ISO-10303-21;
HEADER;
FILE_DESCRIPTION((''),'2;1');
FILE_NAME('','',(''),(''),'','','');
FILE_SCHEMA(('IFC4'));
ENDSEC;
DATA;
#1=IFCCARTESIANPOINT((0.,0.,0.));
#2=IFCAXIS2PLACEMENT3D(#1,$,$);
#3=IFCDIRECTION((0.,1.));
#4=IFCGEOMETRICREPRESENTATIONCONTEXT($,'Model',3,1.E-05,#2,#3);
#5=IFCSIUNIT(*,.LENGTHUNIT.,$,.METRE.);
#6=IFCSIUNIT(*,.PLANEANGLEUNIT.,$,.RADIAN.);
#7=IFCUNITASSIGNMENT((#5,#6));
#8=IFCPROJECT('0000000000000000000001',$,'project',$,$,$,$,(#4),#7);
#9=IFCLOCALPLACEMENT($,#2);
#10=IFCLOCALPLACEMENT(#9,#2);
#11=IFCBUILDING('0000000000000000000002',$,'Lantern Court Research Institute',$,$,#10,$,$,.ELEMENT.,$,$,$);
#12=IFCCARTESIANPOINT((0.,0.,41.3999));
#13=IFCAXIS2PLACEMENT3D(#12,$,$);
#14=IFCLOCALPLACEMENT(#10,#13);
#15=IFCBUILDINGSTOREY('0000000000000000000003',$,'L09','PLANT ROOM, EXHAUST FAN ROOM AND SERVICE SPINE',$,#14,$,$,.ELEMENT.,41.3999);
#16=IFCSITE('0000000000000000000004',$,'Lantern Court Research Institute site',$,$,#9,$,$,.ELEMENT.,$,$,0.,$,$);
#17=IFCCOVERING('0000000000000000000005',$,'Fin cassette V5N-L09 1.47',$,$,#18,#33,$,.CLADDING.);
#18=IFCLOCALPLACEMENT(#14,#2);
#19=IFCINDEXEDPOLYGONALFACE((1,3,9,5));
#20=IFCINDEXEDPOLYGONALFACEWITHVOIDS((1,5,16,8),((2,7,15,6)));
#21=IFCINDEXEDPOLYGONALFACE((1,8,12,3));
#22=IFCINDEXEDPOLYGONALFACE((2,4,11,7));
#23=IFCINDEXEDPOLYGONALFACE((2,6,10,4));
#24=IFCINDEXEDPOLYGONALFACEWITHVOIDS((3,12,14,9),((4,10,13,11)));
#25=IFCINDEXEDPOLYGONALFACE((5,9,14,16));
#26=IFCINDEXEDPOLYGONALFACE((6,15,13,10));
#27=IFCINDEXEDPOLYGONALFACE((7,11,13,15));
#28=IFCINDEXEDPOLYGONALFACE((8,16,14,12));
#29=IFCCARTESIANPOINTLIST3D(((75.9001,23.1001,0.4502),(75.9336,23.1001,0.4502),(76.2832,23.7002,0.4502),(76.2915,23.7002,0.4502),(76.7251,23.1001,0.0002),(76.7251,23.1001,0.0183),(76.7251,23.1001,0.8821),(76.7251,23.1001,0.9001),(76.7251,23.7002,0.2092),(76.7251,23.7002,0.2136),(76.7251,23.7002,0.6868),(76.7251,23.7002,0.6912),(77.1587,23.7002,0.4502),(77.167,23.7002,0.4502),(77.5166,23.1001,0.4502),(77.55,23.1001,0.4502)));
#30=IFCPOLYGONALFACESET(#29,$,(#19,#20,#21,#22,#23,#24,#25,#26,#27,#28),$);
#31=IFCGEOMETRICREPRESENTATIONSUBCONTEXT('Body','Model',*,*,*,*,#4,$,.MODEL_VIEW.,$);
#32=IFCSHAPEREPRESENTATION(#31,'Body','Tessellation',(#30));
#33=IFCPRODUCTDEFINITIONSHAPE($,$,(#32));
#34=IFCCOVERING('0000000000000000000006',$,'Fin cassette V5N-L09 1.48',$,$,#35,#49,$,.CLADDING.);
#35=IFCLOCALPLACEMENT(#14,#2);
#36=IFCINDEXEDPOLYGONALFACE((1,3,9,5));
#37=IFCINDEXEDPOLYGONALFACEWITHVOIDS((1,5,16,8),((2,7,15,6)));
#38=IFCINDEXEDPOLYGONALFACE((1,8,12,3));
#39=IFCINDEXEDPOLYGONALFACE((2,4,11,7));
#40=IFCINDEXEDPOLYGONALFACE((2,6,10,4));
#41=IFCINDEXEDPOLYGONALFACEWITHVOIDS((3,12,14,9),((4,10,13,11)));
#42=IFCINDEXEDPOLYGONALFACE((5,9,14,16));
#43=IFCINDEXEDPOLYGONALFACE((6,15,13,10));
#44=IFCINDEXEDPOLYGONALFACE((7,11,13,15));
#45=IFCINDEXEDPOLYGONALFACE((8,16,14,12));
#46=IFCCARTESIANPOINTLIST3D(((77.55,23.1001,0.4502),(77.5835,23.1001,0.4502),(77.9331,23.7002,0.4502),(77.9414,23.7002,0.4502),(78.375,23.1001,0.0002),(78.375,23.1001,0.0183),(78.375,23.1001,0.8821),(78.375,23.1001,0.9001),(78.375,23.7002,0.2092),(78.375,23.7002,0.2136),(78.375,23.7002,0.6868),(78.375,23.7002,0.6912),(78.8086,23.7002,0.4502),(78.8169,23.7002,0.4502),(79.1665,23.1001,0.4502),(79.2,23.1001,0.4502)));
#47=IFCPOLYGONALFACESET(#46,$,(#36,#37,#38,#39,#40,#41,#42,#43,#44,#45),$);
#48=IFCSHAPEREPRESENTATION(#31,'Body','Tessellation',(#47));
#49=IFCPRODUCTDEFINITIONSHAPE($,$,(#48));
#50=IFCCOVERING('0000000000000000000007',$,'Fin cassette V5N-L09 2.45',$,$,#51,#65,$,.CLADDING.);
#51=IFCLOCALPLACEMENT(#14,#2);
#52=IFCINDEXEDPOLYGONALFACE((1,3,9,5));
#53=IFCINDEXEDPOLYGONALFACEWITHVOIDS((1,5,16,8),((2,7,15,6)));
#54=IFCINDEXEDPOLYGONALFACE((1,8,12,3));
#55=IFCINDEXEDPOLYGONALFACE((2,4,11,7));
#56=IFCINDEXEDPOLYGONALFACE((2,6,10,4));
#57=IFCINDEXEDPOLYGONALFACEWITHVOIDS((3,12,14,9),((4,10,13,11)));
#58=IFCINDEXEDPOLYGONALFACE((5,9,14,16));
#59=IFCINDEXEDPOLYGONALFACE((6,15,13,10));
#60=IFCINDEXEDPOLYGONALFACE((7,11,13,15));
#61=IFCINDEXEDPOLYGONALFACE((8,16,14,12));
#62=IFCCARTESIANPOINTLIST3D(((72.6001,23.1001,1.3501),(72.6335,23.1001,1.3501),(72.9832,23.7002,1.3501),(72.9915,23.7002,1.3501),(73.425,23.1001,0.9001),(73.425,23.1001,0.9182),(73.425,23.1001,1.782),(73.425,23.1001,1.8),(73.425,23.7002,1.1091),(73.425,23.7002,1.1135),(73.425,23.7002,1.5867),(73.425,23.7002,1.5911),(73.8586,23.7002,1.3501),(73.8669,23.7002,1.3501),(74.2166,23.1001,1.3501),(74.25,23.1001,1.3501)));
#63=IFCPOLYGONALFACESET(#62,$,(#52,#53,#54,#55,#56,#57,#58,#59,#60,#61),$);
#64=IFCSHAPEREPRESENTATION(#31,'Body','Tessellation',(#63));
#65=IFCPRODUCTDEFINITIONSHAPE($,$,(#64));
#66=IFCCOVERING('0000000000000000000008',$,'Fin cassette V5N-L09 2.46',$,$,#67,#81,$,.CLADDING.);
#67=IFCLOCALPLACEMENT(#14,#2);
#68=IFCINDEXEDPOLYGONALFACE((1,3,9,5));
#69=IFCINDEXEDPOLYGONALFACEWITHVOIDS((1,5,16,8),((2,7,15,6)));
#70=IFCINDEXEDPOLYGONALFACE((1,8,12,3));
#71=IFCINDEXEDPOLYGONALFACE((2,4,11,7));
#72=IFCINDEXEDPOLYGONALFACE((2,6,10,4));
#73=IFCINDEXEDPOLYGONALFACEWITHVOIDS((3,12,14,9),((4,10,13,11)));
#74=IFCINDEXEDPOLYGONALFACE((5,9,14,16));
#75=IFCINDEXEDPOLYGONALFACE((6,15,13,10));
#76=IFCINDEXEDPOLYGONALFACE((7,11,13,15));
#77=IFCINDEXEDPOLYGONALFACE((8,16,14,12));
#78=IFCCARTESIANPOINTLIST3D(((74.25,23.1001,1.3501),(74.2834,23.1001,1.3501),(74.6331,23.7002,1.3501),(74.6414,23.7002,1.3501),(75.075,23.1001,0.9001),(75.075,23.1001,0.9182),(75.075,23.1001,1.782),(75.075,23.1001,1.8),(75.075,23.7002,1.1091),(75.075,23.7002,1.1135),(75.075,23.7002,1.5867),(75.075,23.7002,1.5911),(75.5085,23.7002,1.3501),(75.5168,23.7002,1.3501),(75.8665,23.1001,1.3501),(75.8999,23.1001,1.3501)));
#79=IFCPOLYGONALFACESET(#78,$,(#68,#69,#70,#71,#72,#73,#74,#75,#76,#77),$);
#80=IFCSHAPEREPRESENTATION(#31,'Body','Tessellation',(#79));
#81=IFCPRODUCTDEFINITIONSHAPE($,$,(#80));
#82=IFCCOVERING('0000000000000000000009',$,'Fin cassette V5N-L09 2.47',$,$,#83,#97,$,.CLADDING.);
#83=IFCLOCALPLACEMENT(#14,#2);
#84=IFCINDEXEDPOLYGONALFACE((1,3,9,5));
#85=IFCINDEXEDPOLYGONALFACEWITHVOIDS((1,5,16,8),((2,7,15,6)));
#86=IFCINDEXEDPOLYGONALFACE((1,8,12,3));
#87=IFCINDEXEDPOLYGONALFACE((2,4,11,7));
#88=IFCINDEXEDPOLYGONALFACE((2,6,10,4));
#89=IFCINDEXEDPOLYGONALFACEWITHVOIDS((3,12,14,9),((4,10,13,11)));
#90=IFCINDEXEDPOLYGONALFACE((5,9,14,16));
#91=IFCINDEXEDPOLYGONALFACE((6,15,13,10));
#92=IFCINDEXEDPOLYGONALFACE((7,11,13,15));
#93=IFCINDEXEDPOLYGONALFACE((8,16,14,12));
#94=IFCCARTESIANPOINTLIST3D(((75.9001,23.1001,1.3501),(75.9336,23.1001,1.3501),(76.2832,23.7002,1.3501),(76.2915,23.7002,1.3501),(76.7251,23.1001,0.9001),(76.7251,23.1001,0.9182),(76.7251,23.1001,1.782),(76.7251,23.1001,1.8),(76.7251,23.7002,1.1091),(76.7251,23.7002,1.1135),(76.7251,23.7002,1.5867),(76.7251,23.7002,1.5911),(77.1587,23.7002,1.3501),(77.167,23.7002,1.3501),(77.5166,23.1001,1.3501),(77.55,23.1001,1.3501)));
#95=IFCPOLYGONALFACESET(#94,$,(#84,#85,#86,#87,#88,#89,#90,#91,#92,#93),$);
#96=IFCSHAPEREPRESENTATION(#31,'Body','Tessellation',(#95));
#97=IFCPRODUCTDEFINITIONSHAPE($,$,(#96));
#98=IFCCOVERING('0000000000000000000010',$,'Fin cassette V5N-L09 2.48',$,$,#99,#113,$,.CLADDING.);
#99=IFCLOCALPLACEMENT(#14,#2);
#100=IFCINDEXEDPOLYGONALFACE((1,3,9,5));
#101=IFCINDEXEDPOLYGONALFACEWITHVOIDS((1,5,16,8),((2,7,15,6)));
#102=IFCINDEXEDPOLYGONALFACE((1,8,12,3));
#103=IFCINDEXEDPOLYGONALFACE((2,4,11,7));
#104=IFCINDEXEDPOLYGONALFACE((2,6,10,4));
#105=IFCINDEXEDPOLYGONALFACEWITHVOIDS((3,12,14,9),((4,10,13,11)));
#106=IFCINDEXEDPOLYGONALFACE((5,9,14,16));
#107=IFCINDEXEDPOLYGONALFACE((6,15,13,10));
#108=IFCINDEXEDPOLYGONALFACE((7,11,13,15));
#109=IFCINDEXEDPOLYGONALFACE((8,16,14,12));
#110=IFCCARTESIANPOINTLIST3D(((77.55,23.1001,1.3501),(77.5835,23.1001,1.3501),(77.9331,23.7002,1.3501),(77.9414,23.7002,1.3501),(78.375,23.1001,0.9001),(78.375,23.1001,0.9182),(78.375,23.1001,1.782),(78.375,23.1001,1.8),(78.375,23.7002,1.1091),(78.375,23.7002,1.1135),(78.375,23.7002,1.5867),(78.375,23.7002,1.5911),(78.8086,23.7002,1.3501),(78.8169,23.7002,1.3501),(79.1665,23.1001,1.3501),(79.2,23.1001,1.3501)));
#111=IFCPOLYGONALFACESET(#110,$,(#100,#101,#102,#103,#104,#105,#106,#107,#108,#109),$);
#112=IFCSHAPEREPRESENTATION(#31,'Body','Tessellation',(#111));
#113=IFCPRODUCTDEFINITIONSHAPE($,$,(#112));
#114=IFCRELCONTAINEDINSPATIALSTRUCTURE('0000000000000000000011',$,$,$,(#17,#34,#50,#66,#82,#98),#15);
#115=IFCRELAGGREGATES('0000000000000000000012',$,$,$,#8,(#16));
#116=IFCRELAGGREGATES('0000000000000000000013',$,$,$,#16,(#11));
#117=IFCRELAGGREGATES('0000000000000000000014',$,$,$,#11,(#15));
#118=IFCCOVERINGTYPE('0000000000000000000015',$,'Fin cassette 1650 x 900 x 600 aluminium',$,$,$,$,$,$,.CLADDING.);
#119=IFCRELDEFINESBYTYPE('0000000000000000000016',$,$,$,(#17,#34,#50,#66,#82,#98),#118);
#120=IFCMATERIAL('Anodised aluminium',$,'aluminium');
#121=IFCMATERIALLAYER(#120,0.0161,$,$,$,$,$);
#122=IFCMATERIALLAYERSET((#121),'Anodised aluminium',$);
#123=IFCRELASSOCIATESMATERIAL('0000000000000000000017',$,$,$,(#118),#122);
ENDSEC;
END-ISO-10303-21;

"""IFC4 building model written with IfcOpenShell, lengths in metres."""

from ifc_helpers import new_model, entity, si_unit, direction, frame, origin, place, context, subcontext, project, spatial, material, layer, layer_set, type_object, element, save


model = new_model("IFC4")

# Units and contexts
model_context = context("Model", 3, precision=1e-05, world=origin(), true_north=direction((0.0, 1.0)))
body_context = subcontext(model_context, "Body", "Model", "MODEL_VIEW")
ifc_project = project(units=[si_unit("LENGTHUNIT", "METRE"), si_unit("PLANEANGLEUNIT", "RADIAN")], contexts=[model_context])

# Site, building, storey
site_placement = place(None, origin())
site = spatial("IfcSite", under=ifc_project, at=site_placement, Name="Lantern Court Research Institute site", CompositionType="ELEMENT", RefElevation=0.0)
building_placement = place(site_placement, origin())
building = spatial("IfcBuilding", under=site, at=building_placement, Name="Lantern Court Research Institute", CompositionType="ELEMENT")
storey_placement = place(building_placement, frame((0.0, 0.0, 41.3999)))
storey = spatial("IfcBuildingStorey", under=building, at=storey_placement, Name="L09", Description="PLANT ROOM, EXHAUST FAN ROOM AND SERVICE SPINE", CompositionType="ELEMENT", Elevation=41.3999)

# Coverings
ifc_material_1 = material(Name="Anodised aluminium", Category="aluminium")
ifc_layer_1 = layer(ifc_material_1, 0.0161)
ifc_layer_set_1 = layer_set([ifc_layer_1], Name="Anodised aluminium")
covering_type = type_object("IfcCoveringType", Name="Fin cassette 1650 x 900 x 600 aluminium", PredefinedType="CLADDING", material=ifc_layer_set_1)
covering_1_placement = place(storey_placement, frame((76.7251, 23.1001, 0.4502), z_axis=(0.0, 1.0, 0.0), x_axis=(-1.0, 0.0, 0.0)))
cartesian_point_1 = entity("IfcCartesianPoint", [0.825, 0.0])
cartesian_point_2 = entity("IfcCartesianPoint", [0.7915, 0.0])
cartesian_point_3 = entity("IfcCartesianPoint", [0.4419, 0.0])
cartesian_point_4 = entity("IfcCartesianPoint", [0.4336, 0.0])
element("IfcCovering", 1, at=covering_1_placement, inside=storey, type_object=covering_type, Name="Fin cassette V5N-L09 1.47", PredefinedType="CLADDING", context=body_context, shape_type="SweptSolid", body=[
    entity("IfcExtrudedAreaSolidTapered", entity("IfcArbitraryProfileDefWithVoids", "AREA", None, entity("IfcPolyline", [cartesian_point_1, entity("IfcCartesianPoint", [0.0, 0.45]), entity("IfcCartesianPoint", [-0.825, 0.0]), entity("IfcCartesianPoint", [0.0, -0.45]), cartesian_point_1]), [entity("IfcPolyline", [cartesian_point_2, entity("IfcCartesianPoint", [0.0, 0.4319]), entity("IfcCartesianPoint", [-0.7915, 0.0]), entity("IfcCartesianPoint", [0.0, -0.4319]), cartesian_point_2])]), entity("IfcAxis2Placement3D", entity("IfcCartesianPoint", [0.0, 0.0, 0.0])), entity("IfcDirection", [0.0, 0.0, 1.0]), 0.6001, entity("IfcArbitraryProfileDefWithVoids", "AREA", None, entity("IfcPolyline", [cartesian_point_3, entity("IfcCartesianPoint", [0.0, 0.241]), entity("IfcCartesianPoint", [-0.4419, 0.0]), entity("IfcCartesianPoint", [0.0, -0.241]), cartesian_point_3]), [entity("IfcPolyline", [cartesian_point_4, entity("IfcCartesianPoint", [0.0, 0.2366]), entity("IfcCartesianPoint", [-0.4336, 0.0]), entity("IfcCartesianPoint", [0.0, -0.2366]), cartesian_point_4])])),
])
covering_2_placement = place(storey_placement, frame((78.375, 23.1001, 0.4502), z_axis=(0.0, 1.0, 0.0), x_axis=(-1.0, 0.0, 0.0)))
cartesian_point_5 = entity("IfcCartesianPoint", [0.825, 0.0])
cartesian_point_6 = entity("IfcCartesianPoint", [0.7915, 0.0])
cartesian_point_7 = entity("IfcCartesianPoint", [0.4419, 0.0])
cartesian_point_8 = entity("IfcCartesianPoint", [0.4336, 0.0])
element("IfcCovering", 2, at=covering_2_placement, inside=storey, type_object=covering_type, Name="Fin cassette V5N-L09 1.48", PredefinedType="CLADDING", context=body_context, shape_type="SweptSolid", body=[
    entity("IfcExtrudedAreaSolidTapered", entity("IfcArbitraryProfileDefWithVoids", "AREA", None, entity("IfcPolyline", [cartesian_point_5, entity("IfcCartesianPoint", [0.0, 0.45]), entity("IfcCartesianPoint", [-0.825, 0.0]), entity("IfcCartesianPoint", [0.0, -0.45]), cartesian_point_5]), [entity("IfcPolyline", [cartesian_point_6, entity("IfcCartesianPoint", [0.0, 0.4319]), entity("IfcCartesianPoint", [-0.7915, 0.0]), entity("IfcCartesianPoint", [0.0, -0.4319]), cartesian_point_6])]), entity("IfcAxis2Placement3D", entity("IfcCartesianPoint", [0.0, 0.0, 0.0])), entity("IfcDirection", [0.0, 0.0, 1.0]), 0.6001, entity("IfcArbitraryProfileDefWithVoids", "AREA", None, entity("IfcPolyline", [cartesian_point_7, entity("IfcCartesianPoint", [0.0, 0.241]), entity("IfcCartesianPoint", [-0.4419, 0.0]), entity("IfcCartesianPoint", [0.0, -0.241]), cartesian_point_7]), [entity("IfcPolyline", [cartesian_point_8, entity("IfcCartesianPoint", [0.0, 0.2366]), entity("IfcCartesianPoint", [-0.4336, 0.0]), entity("IfcCartesianPoint", [0.0, -0.2366]), cartesian_point_8])])),
])
covering_3_placement = place(storey_placement, frame((73.425, 23.1001, 1.3501), z_axis=(0.0, 1.0, 0.0), x_axis=(-1.0, 0.0, 0.0)))
cartesian_point_9 = entity("IfcCartesianPoint", [0.825, 0.0])
cartesian_point_10 = entity("IfcCartesianPoint", [0.7915, 0.0])
cartesian_point_11 = entity("IfcCartesianPoint", [0.4419, 0.0])
cartesian_point_12 = entity("IfcCartesianPoint", [0.4336, 0.0])
element("IfcCovering", 3, at=covering_3_placement, inside=storey, type_object=covering_type, Name="Fin cassette V5N-L09 2.45", PredefinedType="CLADDING", context=body_context, shape_type="SweptSolid", body=[
    entity("IfcExtrudedAreaSolidTapered", entity("IfcArbitraryProfileDefWithVoids", "AREA", None, entity("IfcPolyline", [cartesian_point_9, entity("IfcCartesianPoint", [0.0, 0.45]), entity("IfcCartesianPoint", [-0.825, 0.0]), entity("IfcCartesianPoint", [0.0, -0.45]), cartesian_point_9]), [entity("IfcPolyline", [cartesian_point_10, entity("IfcCartesianPoint", [0.0, 0.4319]), entity("IfcCartesianPoint", [-0.7915, 0.0]), entity("IfcCartesianPoint", [0.0, -0.4319]), cartesian_point_10])]), entity("IfcAxis2Placement3D", entity("IfcCartesianPoint", [0.0, 0.0, 0.0])), entity("IfcDirection", [0.0, 0.0, 1.0]), 0.6001, entity("IfcArbitraryProfileDefWithVoids", "AREA", None, entity("IfcPolyline", [cartesian_point_11, entity("IfcCartesianPoint", [0.0, 0.241]), entity("IfcCartesianPoint", [-0.4419, 0.0]), entity("IfcCartesianPoint", [0.0, -0.241]), cartesian_point_11]), [entity("IfcPolyline", [cartesian_point_12, entity("IfcCartesianPoint", [0.0, 0.2366]), entity("IfcCartesianPoint", [-0.4336, 0.0]), entity("IfcCartesianPoint", [0.0, -0.2366]), cartesian_point_12])])),
])
covering_4_placement = place(storey_placement, frame((75.075, 23.1001, 1.3501), z_axis=(0.0, 1.0, 0.0), x_axis=(-1.0, 0.0, 0.0)))
cartesian_point_13 = entity("IfcCartesianPoint", [0.825, 0.0])
cartesian_point_14 = entity("IfcCartesianPoint", [0.7915, 0.0])
cartesian_point_15 = entity("IfcCartesianPoint", [0.4419, 0.0])
cartesian_point_16 = entity("IfcCartesianPoint", [0.4336, 0.0])
element("IfcCovering", 4, at=covering_4_placement, inside=storey, type_object=covering_type, Name="Fin cassette V5N-L09 2.46", PredefinedType="CLADDING", context=body_context, shape_type="SweptSolid", body=[
    entity("IfcExtrudedAreaSolidTapered", entity("IfcArbitraryProfileDefWithVoids", "AREA", None, entity("IfcPolyline", [cartesian_point_13, entity("IfcCartesianPoint", [0.0, 0.45]), entity("IfcCartesianPoint", [-0.825, 0.0]), entity("IfcCartesianPoint", [0.0, -0.45]), cartesian_point_13]), [entity("IfcPolyline", [cartesian_point_14, entity("IfcCartesianPoint", [0.0, 0.4319]), entity("IfcCartesianPoint", [-0.7915, 0.0]), entity("IfcCartesianPoint", [0.0, -0.4319]), cartesian_point_14])]), entity("IfcAxis2Placement3D", entity("IfcCartesianPoint", [0.0, 0.0, 0.0])), entity("IfcDirection", [0.0, 0.0, 1.0]), 0.6001, entity("IfcArbitraryProfileDefWithVoids", "AREA", None, entity("IfcPolyline", [cartesian_point_15, entity("IfcCartesianPoint", [0.0, 0.241]), entity("IfcCartesianPoint", [-0.4419, 0.0]), entity("IfcCartesianPoint", [0.0, -0.241]), cartesian_point_15]), [entity("IfcPolyline", [cartesian_point_16, entity("IfcCartesianPoint", [0.0, 0.2366]), entity("IfcCartesianPoint", [-0.4336, 0.0]), entity("IfcCartesianPoint", [0.0, -0.2366]), cartesian_point_16])])),
])
covering_5_placement = place(storey_placement, frame((76.7251, 23.1001, 1.3501), z_axis=(0.0, 1.0, 0.0), x_axis=(-1.0, 0.0, 0.0)))
cartesian_point_17 = entity("IfcCartesianPoint", [0.825, 0.0])
cartesian_point_18 = entity("IfcCartesianPoint", [0.7915, 0.0])
cartesian_point_19 = entity("IfcCartesianPoint", [0.4419, 0.0])
cartesian_point_20 = entity("IfcCartesianPoint", [0.4336, 0.0])
element("IfcCovering", 5, at=covering_5_placement, inside=storey, type_object=covering_type, Name="Fin cassette V5N-L09 2.47", PredefinedType="CLADDING", context=body_context, shape_type="SweptSolid", body=[
    entity("IfcExtrudedAreaSolidTapered", entity("IfcArbitraryProfileDefWithVoids", "AREA", None, entity("IfcPolyline", [cartesian_point_17, entity("IfcCartesianPoint", [0.0, 0.45]), entity("IfcCartesianPoint", [-0.825, 0.0]), entity("IfcCartesianPoint", [0.0, -0.45]), cartesian_point_17]), [entity("IfcPolyline", [cartesian_point_18, entity("IfcCartesianPoint", [0.0, 0.4319]), entity("IfcCartesianPoint", [-0.7915, 0.0]), entity("IfcCartesianPoint", [0.0, -0.4319]), cartesian_point_18])]), entity("IfcAxis2Placement3D", entity("IfcCartesianPoint", [0.0, 0.0, 0.0])), entity("IfcDirection", [0.0, 0.0, 1.0]), 0.6001, entity("IfcArbitraryProfileDefWithVoids", "AREA", None, entity("IfcPolyline", [cartesian_point_19, entity("IfcCartesianPoint", [0.0, 0.241]), entity("IfcCartesianPoint", [-0.4419, 0.0]), entity("IfcCartesianPoint", [0.0, -0.241]), cartesian_point_19]), [entity("IfcPolyline", [cartesian_point_20, entity("IfcCartesianPoint", [0.0, 0.2366]), entity("IfcCartesianPoint", [-0.4336, 0.0]), entity("IfcCartesianPoint", [0.0, -0.2366]), cartesian_point_20])])),
])
covering_6_placement = place(storey_placement, frame((78.375, 23.1001, 1.3501), z_axis=(0.0, 1.0, 0.0), x_axis=(-1.0, 0.0, 0.0)))
cartesian_point_21 = entity("IfcCartesianPoint", [0.825, 0.0])
cartesian_point_22 = entity("IfcCartesianPoint", [0.7915, 0.0])
cartesian_point_23 = entity("IfcCartesianPoint", [0.4419, 0.0])
cartesian_point_24 = entity("IfcCartesianPoint", [0.4336, 0.0])
element("IfcCovering", 6, at=covering_6_placement, inside=storey, type_object=covering_type, Name="Fin cassette V5N-L09 2.48", PredefinedType="CLADDING", context=body_context, shape_type="SweptSolid", body=[
    entity("IfcExtrudedAreaSolidTapered", entity("IfcArbitraryProfileDefWithVoids", "AREA", None, entity("IfcPolyline", [cartesian_point_21, entity("IfcCartesianPoint", [0.0, 0.45]), entity("IfcCartesianPoint", [-0.825, 0.0]), entity("IfcCartesianPoint", [0.0, -0.45]), cartesian_point_21]), [entity("IfcPolyline", [cartesian_point_22, entity("IfcCartesianPoint", [0.0, 0.4319]), entity("IfcCartesianPoint", [-0.7915, 0.0]), entity("IfcCartesianPoint", [0.0, -0.4319]), cartesian_point_22])]), entity("IfcAxis2Placement3D", entity("IfcCartesianPoint", [0.0, 0.0, 0.0])), entity("IfcDirection", [0.0, 0.0, 1.0]), 0.6001, entity("IfcArbitraryProfileDefWithVoids", "AREA", None, entity("IfcPolyline", [cartesian_point_23, entity("IfcCartesianPoint", [0.0, 0.241]), entity("IfcCartesianPoint", [-0.4419, 0.0]), entity("IfcCartesianPoint", [0.0, -0.241]), cartesian_point_23]), [entity("IfcPolyline", [cartesian_point_24, entity("IfcCartesianPoint", [0.0, 0.2366]), entity("IfcCartesianPoint", [-0.4336, 0.0]), entity("IfcCartesianPoint", [0.0, -0.2366]), cartesian_point_24])])),
])

save(model, "model.ifc")
